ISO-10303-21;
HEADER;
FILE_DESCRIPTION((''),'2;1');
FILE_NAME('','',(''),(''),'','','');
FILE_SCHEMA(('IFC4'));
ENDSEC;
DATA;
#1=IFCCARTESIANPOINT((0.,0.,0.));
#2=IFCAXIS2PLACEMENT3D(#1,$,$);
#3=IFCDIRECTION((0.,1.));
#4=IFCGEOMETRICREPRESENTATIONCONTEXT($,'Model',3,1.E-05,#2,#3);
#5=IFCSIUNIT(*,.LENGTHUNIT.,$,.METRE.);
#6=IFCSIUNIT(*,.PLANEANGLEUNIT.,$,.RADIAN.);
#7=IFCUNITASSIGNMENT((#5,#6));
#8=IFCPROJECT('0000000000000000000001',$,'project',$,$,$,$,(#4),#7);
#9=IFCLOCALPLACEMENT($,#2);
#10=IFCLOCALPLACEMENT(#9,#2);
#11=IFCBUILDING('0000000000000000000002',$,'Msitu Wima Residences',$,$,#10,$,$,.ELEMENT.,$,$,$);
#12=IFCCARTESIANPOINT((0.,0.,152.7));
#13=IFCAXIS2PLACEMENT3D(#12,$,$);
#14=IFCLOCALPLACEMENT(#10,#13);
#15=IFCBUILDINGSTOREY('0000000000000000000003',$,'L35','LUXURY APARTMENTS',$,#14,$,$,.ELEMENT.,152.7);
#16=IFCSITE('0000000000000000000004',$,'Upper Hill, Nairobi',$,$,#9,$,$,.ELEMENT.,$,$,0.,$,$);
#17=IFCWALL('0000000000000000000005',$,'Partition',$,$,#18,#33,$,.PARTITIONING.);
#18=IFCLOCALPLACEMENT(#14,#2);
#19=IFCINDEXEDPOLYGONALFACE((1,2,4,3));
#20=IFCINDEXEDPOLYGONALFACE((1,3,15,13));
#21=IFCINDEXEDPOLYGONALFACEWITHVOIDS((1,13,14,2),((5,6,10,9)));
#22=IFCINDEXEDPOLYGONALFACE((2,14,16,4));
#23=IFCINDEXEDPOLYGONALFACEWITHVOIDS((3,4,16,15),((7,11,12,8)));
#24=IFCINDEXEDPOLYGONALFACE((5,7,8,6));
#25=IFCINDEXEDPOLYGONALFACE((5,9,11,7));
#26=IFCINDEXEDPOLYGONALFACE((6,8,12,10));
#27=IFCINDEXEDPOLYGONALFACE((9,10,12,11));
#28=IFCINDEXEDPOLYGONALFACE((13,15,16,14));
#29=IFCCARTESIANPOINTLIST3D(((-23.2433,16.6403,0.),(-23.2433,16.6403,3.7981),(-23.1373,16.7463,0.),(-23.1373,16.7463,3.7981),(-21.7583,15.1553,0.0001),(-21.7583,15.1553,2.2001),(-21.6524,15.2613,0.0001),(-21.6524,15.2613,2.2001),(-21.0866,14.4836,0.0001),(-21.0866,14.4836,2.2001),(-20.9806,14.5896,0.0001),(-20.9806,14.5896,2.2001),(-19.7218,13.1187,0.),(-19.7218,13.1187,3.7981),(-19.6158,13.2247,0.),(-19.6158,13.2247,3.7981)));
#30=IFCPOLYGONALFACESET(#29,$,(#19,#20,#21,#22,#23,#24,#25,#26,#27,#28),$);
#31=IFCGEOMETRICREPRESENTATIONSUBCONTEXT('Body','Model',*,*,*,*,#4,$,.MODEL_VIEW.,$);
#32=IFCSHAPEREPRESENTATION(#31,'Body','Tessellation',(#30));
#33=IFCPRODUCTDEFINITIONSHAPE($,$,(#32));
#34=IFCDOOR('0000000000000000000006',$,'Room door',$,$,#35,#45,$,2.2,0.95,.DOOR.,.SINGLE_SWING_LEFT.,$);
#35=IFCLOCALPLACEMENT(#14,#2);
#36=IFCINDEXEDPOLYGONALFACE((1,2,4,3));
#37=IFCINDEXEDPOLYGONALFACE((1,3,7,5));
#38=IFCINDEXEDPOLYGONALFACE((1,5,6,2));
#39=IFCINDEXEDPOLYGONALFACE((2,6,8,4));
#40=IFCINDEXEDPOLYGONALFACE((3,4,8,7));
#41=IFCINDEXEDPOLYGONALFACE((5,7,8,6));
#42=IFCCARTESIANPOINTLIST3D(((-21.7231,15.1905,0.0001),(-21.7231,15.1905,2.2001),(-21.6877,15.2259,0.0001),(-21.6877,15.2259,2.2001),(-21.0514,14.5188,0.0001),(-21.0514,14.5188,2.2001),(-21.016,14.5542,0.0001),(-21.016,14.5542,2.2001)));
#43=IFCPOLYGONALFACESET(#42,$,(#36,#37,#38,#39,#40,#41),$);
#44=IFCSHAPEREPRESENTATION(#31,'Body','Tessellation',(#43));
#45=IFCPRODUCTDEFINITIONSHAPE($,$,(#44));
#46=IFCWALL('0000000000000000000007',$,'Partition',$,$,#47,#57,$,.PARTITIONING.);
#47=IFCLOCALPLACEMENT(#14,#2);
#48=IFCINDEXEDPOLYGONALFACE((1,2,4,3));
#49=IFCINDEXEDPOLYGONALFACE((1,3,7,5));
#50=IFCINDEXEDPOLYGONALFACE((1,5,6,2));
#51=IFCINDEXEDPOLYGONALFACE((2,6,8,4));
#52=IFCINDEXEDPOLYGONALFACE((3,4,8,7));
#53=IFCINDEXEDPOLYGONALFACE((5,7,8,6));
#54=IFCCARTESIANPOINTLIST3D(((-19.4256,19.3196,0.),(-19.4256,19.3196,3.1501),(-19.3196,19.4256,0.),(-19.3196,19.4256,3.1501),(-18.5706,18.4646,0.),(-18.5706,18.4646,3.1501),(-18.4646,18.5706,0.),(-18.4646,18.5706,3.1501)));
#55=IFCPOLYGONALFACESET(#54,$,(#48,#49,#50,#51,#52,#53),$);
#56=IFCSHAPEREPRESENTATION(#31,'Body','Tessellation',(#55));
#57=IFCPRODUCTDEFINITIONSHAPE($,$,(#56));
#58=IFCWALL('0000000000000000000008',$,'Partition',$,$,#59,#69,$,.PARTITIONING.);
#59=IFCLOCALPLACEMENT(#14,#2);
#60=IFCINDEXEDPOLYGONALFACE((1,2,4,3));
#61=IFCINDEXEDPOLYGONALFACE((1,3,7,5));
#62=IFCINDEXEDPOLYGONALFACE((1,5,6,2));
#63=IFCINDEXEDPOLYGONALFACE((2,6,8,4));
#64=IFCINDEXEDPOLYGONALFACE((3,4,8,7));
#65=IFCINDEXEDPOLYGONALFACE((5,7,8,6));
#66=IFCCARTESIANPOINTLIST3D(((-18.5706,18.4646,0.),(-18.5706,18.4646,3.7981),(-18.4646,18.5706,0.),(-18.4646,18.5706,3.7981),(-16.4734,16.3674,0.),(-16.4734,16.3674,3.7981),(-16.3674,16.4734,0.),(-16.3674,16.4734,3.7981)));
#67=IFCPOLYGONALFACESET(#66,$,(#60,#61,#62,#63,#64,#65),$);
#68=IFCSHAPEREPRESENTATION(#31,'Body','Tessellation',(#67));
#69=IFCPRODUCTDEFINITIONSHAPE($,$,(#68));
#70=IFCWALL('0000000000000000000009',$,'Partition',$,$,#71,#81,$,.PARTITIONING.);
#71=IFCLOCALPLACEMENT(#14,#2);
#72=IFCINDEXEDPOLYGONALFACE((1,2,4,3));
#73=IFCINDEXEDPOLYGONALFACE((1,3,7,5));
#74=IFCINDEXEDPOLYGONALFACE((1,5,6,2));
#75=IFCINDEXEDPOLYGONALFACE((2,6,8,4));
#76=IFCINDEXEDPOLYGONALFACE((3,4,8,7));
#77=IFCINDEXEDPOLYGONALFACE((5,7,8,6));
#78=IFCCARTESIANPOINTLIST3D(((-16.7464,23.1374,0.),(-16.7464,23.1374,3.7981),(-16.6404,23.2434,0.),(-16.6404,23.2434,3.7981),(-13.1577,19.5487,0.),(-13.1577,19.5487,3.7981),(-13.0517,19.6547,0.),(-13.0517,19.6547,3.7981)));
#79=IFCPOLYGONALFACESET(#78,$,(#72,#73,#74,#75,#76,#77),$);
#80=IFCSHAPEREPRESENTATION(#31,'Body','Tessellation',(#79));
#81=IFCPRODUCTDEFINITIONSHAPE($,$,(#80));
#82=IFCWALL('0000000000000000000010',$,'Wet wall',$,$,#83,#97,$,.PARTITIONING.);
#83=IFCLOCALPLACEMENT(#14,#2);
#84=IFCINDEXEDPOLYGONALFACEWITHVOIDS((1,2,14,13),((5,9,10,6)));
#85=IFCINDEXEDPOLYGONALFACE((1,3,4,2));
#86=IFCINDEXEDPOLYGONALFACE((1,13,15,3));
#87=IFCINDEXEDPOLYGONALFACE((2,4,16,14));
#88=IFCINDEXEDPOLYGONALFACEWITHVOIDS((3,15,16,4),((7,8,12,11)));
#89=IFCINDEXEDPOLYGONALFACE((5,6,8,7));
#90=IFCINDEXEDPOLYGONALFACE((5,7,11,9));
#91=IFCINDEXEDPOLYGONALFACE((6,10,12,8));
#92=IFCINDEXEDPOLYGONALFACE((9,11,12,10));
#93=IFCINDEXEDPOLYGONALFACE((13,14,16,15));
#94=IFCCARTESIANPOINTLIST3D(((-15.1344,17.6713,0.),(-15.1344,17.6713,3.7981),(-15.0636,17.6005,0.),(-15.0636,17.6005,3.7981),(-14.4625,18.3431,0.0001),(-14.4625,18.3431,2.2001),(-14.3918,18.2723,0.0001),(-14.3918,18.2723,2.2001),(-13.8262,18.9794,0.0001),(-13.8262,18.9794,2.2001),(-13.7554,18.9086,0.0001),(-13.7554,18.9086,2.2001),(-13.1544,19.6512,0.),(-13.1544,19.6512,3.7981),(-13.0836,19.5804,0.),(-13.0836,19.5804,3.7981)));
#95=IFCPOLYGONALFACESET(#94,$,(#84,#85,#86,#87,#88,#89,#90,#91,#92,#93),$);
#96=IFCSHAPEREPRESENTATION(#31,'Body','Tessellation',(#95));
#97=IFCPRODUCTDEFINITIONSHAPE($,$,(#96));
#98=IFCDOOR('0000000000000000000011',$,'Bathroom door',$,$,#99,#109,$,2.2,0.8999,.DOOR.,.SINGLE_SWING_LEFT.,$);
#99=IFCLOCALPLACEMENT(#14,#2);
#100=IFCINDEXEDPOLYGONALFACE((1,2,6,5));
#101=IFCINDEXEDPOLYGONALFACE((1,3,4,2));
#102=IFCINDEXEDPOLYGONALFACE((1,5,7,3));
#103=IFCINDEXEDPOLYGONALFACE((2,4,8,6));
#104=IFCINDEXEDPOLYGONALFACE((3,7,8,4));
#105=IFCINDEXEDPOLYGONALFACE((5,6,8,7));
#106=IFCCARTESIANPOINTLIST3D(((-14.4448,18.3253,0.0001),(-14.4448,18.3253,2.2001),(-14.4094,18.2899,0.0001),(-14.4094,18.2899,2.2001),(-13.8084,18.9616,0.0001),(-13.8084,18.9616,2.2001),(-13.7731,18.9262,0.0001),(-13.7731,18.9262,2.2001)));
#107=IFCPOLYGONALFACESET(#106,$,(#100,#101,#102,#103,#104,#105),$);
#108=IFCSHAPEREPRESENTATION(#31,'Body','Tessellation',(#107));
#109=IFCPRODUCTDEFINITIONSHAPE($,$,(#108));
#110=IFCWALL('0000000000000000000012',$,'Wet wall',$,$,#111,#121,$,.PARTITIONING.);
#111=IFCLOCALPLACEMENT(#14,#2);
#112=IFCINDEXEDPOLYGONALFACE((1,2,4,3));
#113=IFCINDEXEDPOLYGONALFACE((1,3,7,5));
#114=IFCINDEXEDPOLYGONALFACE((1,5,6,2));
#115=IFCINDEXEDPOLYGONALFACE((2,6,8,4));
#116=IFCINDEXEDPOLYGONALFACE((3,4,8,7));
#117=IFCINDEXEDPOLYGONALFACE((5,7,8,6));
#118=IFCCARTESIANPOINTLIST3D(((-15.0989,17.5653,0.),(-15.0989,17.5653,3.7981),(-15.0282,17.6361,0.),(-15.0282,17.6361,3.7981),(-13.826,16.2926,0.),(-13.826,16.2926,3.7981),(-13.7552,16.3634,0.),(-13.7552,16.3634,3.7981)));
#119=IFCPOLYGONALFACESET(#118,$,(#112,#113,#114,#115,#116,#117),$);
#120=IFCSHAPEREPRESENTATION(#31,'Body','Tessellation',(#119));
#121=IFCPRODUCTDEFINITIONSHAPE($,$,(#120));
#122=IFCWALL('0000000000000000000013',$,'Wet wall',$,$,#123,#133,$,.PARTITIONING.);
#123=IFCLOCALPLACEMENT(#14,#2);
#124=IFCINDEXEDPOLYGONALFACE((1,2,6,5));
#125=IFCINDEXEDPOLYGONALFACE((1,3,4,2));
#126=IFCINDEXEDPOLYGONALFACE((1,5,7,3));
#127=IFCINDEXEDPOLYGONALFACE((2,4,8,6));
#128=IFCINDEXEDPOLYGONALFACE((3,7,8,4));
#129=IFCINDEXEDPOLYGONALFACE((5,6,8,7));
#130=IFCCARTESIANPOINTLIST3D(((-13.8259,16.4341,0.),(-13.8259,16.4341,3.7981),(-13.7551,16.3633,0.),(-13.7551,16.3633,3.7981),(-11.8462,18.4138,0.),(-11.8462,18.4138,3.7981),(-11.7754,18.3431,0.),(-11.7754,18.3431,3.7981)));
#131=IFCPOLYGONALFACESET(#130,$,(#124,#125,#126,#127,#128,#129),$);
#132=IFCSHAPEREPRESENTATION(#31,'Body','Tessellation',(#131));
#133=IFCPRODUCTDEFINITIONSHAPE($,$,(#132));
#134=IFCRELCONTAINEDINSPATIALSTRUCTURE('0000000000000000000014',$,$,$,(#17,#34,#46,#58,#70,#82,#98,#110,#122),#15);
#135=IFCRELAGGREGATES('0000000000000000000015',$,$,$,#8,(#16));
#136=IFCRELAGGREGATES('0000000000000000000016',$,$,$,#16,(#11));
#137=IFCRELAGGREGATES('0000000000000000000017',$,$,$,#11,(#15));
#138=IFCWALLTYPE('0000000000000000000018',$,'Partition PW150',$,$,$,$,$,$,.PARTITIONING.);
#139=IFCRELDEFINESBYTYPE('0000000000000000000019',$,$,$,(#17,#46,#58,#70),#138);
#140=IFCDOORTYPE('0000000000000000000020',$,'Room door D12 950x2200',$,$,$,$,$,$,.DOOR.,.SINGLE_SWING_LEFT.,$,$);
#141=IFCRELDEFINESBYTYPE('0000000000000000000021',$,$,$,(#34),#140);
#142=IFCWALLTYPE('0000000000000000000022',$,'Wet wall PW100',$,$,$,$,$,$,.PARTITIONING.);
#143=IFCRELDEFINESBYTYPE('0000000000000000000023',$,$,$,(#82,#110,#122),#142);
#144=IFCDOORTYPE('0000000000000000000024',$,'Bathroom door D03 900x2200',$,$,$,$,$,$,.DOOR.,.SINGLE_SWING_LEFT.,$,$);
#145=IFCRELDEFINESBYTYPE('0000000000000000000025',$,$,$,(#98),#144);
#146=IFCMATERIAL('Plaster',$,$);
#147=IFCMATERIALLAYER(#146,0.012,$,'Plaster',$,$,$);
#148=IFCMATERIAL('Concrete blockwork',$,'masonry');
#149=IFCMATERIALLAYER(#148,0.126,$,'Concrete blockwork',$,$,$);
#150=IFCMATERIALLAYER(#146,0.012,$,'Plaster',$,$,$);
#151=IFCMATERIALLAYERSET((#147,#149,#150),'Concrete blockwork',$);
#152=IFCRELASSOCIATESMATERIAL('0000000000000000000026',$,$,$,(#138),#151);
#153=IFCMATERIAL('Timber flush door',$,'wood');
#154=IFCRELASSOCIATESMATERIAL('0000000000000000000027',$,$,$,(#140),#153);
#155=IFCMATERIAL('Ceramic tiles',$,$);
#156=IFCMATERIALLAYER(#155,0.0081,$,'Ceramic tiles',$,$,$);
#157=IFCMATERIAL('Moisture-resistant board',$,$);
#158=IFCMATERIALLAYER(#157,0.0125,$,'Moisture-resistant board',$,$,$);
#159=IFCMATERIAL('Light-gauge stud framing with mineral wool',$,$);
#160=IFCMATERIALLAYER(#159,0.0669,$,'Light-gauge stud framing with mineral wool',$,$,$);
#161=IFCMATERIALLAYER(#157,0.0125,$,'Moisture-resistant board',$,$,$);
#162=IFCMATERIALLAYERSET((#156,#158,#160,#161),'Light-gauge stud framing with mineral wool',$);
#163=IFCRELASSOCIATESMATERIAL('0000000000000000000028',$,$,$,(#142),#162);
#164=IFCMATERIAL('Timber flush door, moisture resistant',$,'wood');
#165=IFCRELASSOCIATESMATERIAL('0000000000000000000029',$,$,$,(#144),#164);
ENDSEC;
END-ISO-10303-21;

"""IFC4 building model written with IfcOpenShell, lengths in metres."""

from ifc_helpers import new_model, si_unit, direction, frame, frame_2d, origin, place, context, subcontext, project, spatial, rectangle, extrude, material, layer, layer_set, type_object, element, fill, save


model = new_model("IFC4")

# Units and contexts
model_context = context("Model", 3, precision=1e-05, world=origin(), true_north=direction((0.0, 1.0)))
body_context = subcontext(model_context, "Body", "Model", "MODEL_VIEW")
ifc_project = project(units=[si_unit("LENGTHUNIT", "METRE"), si_unit("PLANEANGLEUNIT", "RADIAN")], contexts=[model_context])

# Site, building, storey
site_placement = place(None, origin())
site = spatial("IfcSite", under=ifc_project, at=site_placement, Name="Upper Hill, Nairobi", CompositionType="ELEMENT", RefElevation=0.0)
building_placement = place(site_placement, origin())
building = spatial("IfcBuilding", under=site, at=building_placement, Name="Msitu Wima Residences", CompositionType="ELEMENT")
storey_placement = place(building_placement, frame((0.0, 0.0, 152.7)))
storey = spatial("IfcBuildingStorey", under=building, at=storey_placement, Name="L35", Description="LUXURY APARTMENTS", CompositionType="ELEMENT", Elevation=152.7)

# Wall, opening, door
ifc_material_1 = material(Name="Plaster")
ifc_material_2 = material(Name="Concrete blockwork", Category="masonry")
ifc_layer_1 = layer(ifc_material_1, 0.012, Name="Plaster")
ifc_layer_2 = layer(ifc_material_2, 0.126, Name="Concrete blockwork")
ifc_layer_3 = layer(ifc_material_1, 0.012, Name="Plaster")
ifc_layer_set_1 = layer_set([ifc_layer_1, ifc_layer_2, ifc_layer_3], Name="Concrete blockwork")
wall_type_1 = type_object("IfcWallType", Name="Partition PW150", PredefinedType="PARTITIONING", material=ifc_layer_set_1)
wall_1_placement = place(storey_placement, frame((-23.1904, 16.6934, 0.0), z_axis=(0.0, 0.0, 1.0), x_axis=(0.707107, -0.707107, 0.0)))
wall_1 = element("IfcWall", 1, at=wall_1_placement, inside=storey, type_object=wall_type_1, Name="Partition", PredefinedType="PARTITIONING", context=body_context, shape_type="SweptSolid", body=[
    extrude(rectangle(XDim=4.9802, YDim=0.1499, at=frame_2d((2.4902, 0.0))), origin(), (0.0, 0.0, 1.0), 3.7981),
])
opening_1_placement = place(wall_1_placement, frame((2.1001, 0.0, 0.0)))
opening_1 = element("IfcOpeningElement", 2, at=opening_1_placement, cuts=wall_1, PredefinedType="OPENING", context=body_context, shape_type="SweptSolid", body=[
    extrude(rectangle(XDim=0.95, YDim=2.2, at=frame_2d((0.4751, 1.1001))), frame((0.0, 0.085, 0.0), z_axis=(0.0, -1.0, 0.0), x_axis=(1.0, 0.0, 0.0)), (0.0, 0.0, 1.0), 0.1699),
])
ifc_material_3 = material(Name="Timber flush door", Category="wood")
door_type_1 = type_object("IfcDoorType", Name="Room door D12 950x2200", OperationType="SINGLE_SWING_LEFT", PredefinedType="DOOR", material=ifc_material_3)
door_1_placement = place(opening_1_placement, origin())
door_1 = element("IfcDoor", 3, at=door_1_placement, inside=storey, type_object=door_type_1, Name="Room door", OperationType="SINGLE_SWING_LEFT", OverallHeight=2.2, OverallWidth=0.95, PredefinedType="DOOR", context=body_context, shape_type="SweptSolid", body=[
    extrude(rectangle(XDim=0.95, YDim=2.2, at=frame_2d((0.4751, 1.1001))), frame((0.0, 0.0249, 0.0), z_axis=(0.0, -1.0, 0.0), x_axis=(1.0, 0.0, 0.0)), (0.0, 0.0, 1.0), 0.05),
])
fill(opening_1, door_1)

# Walls
wall_2_placement = place(storey_placement, frame((-19.3726, 19.3726, 0.0), z_axis=(0.0, 0.0, 1.0), x_axis=(0.707107, -0.707107, 0.0)))
element("IfcWall", 4, at=wall_2_placement, inside=storey, type_object=wall_type_1, Name="Partition", PredefinedType="PARTITIONING", context=body_context, shape_type="SweptSolid", body=[
    extrude(rectangle(XDim=1.2092, YDim=0.1499, at=frame_2d((0.6045, 0.0))), origin(), (0.0, 0.0, 1.0), 3.1501),
])
wall_3_placement = place(storey_placement, frame((-18.5176, 18.5176, 0.0), z_axis=(0.0, 0.0, 1.0), x_axis=(0.707107, -0.707107, 0.0)))
element("IfcWall", 5, at=wall_3_placement, inside=storey, type_object=wall_type_1, Name="Partition", PredefinedType="PARTITIONING", context=body_context, shape_type="SweptSolid", body=[
    extrude(rectangle(XDim=2.9658, YDim=0.1499, at=frame_2d((1.4829, 0.0))), origin(), (0.0, 0.0, 1.0), 3.7981),
])
wall_4_placement = place(storey_placement, frame((-16.6934, 23.1904, 0.0), z_axis=(0.0, 0.0, 1.0), x_axis=(0.707107, -0.707107, 0.0)))
element("IfcWall", 6, at=wall_4_placement, inside=storey, type_object=wall_type_1, Name="Partition", PredefinedType="PARTITIONING", context=body_context, shape_type="SweptSolid", body=[
    extrude(rectangle(XDim=5.0752, YDim=0.1499, at=frame_2d((2.5376, 0.0))), origin(), (0.0, 0.0, 1.0), 3.7981),
])

# Wall, opening, door
ifc_material_4 = material(Name="Ceramic tiles")
ifc_layer_4 = layer(ifc_material_4, 0.0081, Name="Ceramic tiles")
ifc_material_5 = material(Name="Moisture-resistant board")
ifc_layer_5 = layer(ifc_material_5, 0.0125, Name="Moisture-resistant board")
ifc_material_6 = material(Name="Light-gauge stud framing with mineral wool")
ifc_layer_6 = layer(ifc_material_6, 0.0669, Name="Light-gauge stud framing with mineral wool")
ifc_layer_7 = layer(ifc_material_5, 0.0125, Name="Moisture-resistant board")
ifc_layer_set_2 = layer_set([ifc_layer_4, ifc_layer_5, ifc_layer_6, ifc_layer_7], Name="Light-gauge stud framing with mineral wool")
wall_type_2 = type_object("IfcWallType", Name="Wet wall PW100", PredefinedType="PARTITIONING", material=ifc_layer_set_2)
wall_5_placement = place(storey_placement, frame((-15.0989, 17.636, 0.0), z_axis=(0.0, 0.0, 1.0), x_axis=(0.707107, 0.707107, 0.0)))
wall_5 = element("IfcWall", 7, at=wall_5_placement, inside=storey, type_object=wall_type_2, Name="Wet wall", PredefinedType="PARTITIONING", context=body_context, shape_type="SweptSolid", body=[
    extrude(rectangle(XDim=2.8, YDim=0.1001, at=frame_2d((1.3999, 0.0))), origin(), (0.0, 0.0, 1.0), 3.7981),
])
opening_2_placement = place(wall_5_placement, frame((0.95, 0.0, 0.0)))
opening_2 = element("IfcOpeningElement", 8, at=opening_2_placement, cuts=wall_5, PredefinedType="OPENING", context=body_context, shape_type="SweptSolid", body=[
    extrude(rectangle(XDim=0.8999, YDim=2.2, at=frame_2d((0.45, 1.1001))), frame((0.0, 0.0601, 0.0), z_axis=(0.0, -1.0, 0.0), x_axis=(1.0, 0.0, 0.0)), (0.0, 0.0, 1.0), 0.1201),
])
ifc_material_7 = material(Name="Timber flush door, moisture resistant", Category="wood")
door_type_2 = type_object("IfcDoorType", Name="Bathroom door D03 900x2200", OperationType="SINGLE_SWING_LEFT", PredefinedType="DOOR", material=ifc_material_7)
door_2_placement = place(opening_2_placement, origin())
door_2 = element("IfcDoor", 9, at=door_2_placement, inside=storey, type_object=door_type_2, Name="Bathroom door", OperationType="SINGLE_SWING_LEFT", OverallHeight=2.2, OverallWidth=0.8999, PredefinedType="DOOR", context=body_context, shape_type="SweptSolid", body=[
    extrude(rectangle(XDim=0.8999, YDim=2.2, at=frame_2d((0.45, 1.1001))), frame((0.0, 0.0249, 0.0), z_axis=(0.0, -1.0, 0.0), x_axis=(1.0, 0.0, 0.0)), (0.0, 0.0, 1.0), 0.05),
])
fill(opening_2, door_2)

# Walls
wall_6_placement = place(storey_placement, frame((-15.0635, 17.6006, 0.0), z_axis=(0.0, 0.0, 1.0), x_axis=(0.707175, -0.707039, 0.0)))
element("IfcWall", 10, at=wall_6_placement, inside=storey, type_object=wall_type_2, Name="Wet wall", PredefinedType="PARTITIONING", context=body_context, shape_type="SweptSolid", body=[
    extrude(rectangle(XDim=1.8, YDim=0.1001, at=frame_2d((0.8999, 0.0))), origin(), (0.0, 0.0, 1.0), 3.7981),
])
wall_7_placement = place(storey_placement, frame((-13.7905, 16.3987, 0.0), z_axis=(0.0, 0.0, 1.0), x_axis=(0.707107, 0.707107, 0.0)))
element("IfcWall", 11, at=wall_7_placement, inside=storey, type_object=wall_type_2, Name="Wet wall", PredefinedType="PARTITIONING", context=body_context, shape_type="SweptSolid", body=[
    extrude(rectangle(XDim=2.7998, YDim=0.1001, at=frame_2d((1.3999, 0.0))), origin(), (0.0, 0.0, 1.0), 3.7981),
])

save(model, "model.ifc")
